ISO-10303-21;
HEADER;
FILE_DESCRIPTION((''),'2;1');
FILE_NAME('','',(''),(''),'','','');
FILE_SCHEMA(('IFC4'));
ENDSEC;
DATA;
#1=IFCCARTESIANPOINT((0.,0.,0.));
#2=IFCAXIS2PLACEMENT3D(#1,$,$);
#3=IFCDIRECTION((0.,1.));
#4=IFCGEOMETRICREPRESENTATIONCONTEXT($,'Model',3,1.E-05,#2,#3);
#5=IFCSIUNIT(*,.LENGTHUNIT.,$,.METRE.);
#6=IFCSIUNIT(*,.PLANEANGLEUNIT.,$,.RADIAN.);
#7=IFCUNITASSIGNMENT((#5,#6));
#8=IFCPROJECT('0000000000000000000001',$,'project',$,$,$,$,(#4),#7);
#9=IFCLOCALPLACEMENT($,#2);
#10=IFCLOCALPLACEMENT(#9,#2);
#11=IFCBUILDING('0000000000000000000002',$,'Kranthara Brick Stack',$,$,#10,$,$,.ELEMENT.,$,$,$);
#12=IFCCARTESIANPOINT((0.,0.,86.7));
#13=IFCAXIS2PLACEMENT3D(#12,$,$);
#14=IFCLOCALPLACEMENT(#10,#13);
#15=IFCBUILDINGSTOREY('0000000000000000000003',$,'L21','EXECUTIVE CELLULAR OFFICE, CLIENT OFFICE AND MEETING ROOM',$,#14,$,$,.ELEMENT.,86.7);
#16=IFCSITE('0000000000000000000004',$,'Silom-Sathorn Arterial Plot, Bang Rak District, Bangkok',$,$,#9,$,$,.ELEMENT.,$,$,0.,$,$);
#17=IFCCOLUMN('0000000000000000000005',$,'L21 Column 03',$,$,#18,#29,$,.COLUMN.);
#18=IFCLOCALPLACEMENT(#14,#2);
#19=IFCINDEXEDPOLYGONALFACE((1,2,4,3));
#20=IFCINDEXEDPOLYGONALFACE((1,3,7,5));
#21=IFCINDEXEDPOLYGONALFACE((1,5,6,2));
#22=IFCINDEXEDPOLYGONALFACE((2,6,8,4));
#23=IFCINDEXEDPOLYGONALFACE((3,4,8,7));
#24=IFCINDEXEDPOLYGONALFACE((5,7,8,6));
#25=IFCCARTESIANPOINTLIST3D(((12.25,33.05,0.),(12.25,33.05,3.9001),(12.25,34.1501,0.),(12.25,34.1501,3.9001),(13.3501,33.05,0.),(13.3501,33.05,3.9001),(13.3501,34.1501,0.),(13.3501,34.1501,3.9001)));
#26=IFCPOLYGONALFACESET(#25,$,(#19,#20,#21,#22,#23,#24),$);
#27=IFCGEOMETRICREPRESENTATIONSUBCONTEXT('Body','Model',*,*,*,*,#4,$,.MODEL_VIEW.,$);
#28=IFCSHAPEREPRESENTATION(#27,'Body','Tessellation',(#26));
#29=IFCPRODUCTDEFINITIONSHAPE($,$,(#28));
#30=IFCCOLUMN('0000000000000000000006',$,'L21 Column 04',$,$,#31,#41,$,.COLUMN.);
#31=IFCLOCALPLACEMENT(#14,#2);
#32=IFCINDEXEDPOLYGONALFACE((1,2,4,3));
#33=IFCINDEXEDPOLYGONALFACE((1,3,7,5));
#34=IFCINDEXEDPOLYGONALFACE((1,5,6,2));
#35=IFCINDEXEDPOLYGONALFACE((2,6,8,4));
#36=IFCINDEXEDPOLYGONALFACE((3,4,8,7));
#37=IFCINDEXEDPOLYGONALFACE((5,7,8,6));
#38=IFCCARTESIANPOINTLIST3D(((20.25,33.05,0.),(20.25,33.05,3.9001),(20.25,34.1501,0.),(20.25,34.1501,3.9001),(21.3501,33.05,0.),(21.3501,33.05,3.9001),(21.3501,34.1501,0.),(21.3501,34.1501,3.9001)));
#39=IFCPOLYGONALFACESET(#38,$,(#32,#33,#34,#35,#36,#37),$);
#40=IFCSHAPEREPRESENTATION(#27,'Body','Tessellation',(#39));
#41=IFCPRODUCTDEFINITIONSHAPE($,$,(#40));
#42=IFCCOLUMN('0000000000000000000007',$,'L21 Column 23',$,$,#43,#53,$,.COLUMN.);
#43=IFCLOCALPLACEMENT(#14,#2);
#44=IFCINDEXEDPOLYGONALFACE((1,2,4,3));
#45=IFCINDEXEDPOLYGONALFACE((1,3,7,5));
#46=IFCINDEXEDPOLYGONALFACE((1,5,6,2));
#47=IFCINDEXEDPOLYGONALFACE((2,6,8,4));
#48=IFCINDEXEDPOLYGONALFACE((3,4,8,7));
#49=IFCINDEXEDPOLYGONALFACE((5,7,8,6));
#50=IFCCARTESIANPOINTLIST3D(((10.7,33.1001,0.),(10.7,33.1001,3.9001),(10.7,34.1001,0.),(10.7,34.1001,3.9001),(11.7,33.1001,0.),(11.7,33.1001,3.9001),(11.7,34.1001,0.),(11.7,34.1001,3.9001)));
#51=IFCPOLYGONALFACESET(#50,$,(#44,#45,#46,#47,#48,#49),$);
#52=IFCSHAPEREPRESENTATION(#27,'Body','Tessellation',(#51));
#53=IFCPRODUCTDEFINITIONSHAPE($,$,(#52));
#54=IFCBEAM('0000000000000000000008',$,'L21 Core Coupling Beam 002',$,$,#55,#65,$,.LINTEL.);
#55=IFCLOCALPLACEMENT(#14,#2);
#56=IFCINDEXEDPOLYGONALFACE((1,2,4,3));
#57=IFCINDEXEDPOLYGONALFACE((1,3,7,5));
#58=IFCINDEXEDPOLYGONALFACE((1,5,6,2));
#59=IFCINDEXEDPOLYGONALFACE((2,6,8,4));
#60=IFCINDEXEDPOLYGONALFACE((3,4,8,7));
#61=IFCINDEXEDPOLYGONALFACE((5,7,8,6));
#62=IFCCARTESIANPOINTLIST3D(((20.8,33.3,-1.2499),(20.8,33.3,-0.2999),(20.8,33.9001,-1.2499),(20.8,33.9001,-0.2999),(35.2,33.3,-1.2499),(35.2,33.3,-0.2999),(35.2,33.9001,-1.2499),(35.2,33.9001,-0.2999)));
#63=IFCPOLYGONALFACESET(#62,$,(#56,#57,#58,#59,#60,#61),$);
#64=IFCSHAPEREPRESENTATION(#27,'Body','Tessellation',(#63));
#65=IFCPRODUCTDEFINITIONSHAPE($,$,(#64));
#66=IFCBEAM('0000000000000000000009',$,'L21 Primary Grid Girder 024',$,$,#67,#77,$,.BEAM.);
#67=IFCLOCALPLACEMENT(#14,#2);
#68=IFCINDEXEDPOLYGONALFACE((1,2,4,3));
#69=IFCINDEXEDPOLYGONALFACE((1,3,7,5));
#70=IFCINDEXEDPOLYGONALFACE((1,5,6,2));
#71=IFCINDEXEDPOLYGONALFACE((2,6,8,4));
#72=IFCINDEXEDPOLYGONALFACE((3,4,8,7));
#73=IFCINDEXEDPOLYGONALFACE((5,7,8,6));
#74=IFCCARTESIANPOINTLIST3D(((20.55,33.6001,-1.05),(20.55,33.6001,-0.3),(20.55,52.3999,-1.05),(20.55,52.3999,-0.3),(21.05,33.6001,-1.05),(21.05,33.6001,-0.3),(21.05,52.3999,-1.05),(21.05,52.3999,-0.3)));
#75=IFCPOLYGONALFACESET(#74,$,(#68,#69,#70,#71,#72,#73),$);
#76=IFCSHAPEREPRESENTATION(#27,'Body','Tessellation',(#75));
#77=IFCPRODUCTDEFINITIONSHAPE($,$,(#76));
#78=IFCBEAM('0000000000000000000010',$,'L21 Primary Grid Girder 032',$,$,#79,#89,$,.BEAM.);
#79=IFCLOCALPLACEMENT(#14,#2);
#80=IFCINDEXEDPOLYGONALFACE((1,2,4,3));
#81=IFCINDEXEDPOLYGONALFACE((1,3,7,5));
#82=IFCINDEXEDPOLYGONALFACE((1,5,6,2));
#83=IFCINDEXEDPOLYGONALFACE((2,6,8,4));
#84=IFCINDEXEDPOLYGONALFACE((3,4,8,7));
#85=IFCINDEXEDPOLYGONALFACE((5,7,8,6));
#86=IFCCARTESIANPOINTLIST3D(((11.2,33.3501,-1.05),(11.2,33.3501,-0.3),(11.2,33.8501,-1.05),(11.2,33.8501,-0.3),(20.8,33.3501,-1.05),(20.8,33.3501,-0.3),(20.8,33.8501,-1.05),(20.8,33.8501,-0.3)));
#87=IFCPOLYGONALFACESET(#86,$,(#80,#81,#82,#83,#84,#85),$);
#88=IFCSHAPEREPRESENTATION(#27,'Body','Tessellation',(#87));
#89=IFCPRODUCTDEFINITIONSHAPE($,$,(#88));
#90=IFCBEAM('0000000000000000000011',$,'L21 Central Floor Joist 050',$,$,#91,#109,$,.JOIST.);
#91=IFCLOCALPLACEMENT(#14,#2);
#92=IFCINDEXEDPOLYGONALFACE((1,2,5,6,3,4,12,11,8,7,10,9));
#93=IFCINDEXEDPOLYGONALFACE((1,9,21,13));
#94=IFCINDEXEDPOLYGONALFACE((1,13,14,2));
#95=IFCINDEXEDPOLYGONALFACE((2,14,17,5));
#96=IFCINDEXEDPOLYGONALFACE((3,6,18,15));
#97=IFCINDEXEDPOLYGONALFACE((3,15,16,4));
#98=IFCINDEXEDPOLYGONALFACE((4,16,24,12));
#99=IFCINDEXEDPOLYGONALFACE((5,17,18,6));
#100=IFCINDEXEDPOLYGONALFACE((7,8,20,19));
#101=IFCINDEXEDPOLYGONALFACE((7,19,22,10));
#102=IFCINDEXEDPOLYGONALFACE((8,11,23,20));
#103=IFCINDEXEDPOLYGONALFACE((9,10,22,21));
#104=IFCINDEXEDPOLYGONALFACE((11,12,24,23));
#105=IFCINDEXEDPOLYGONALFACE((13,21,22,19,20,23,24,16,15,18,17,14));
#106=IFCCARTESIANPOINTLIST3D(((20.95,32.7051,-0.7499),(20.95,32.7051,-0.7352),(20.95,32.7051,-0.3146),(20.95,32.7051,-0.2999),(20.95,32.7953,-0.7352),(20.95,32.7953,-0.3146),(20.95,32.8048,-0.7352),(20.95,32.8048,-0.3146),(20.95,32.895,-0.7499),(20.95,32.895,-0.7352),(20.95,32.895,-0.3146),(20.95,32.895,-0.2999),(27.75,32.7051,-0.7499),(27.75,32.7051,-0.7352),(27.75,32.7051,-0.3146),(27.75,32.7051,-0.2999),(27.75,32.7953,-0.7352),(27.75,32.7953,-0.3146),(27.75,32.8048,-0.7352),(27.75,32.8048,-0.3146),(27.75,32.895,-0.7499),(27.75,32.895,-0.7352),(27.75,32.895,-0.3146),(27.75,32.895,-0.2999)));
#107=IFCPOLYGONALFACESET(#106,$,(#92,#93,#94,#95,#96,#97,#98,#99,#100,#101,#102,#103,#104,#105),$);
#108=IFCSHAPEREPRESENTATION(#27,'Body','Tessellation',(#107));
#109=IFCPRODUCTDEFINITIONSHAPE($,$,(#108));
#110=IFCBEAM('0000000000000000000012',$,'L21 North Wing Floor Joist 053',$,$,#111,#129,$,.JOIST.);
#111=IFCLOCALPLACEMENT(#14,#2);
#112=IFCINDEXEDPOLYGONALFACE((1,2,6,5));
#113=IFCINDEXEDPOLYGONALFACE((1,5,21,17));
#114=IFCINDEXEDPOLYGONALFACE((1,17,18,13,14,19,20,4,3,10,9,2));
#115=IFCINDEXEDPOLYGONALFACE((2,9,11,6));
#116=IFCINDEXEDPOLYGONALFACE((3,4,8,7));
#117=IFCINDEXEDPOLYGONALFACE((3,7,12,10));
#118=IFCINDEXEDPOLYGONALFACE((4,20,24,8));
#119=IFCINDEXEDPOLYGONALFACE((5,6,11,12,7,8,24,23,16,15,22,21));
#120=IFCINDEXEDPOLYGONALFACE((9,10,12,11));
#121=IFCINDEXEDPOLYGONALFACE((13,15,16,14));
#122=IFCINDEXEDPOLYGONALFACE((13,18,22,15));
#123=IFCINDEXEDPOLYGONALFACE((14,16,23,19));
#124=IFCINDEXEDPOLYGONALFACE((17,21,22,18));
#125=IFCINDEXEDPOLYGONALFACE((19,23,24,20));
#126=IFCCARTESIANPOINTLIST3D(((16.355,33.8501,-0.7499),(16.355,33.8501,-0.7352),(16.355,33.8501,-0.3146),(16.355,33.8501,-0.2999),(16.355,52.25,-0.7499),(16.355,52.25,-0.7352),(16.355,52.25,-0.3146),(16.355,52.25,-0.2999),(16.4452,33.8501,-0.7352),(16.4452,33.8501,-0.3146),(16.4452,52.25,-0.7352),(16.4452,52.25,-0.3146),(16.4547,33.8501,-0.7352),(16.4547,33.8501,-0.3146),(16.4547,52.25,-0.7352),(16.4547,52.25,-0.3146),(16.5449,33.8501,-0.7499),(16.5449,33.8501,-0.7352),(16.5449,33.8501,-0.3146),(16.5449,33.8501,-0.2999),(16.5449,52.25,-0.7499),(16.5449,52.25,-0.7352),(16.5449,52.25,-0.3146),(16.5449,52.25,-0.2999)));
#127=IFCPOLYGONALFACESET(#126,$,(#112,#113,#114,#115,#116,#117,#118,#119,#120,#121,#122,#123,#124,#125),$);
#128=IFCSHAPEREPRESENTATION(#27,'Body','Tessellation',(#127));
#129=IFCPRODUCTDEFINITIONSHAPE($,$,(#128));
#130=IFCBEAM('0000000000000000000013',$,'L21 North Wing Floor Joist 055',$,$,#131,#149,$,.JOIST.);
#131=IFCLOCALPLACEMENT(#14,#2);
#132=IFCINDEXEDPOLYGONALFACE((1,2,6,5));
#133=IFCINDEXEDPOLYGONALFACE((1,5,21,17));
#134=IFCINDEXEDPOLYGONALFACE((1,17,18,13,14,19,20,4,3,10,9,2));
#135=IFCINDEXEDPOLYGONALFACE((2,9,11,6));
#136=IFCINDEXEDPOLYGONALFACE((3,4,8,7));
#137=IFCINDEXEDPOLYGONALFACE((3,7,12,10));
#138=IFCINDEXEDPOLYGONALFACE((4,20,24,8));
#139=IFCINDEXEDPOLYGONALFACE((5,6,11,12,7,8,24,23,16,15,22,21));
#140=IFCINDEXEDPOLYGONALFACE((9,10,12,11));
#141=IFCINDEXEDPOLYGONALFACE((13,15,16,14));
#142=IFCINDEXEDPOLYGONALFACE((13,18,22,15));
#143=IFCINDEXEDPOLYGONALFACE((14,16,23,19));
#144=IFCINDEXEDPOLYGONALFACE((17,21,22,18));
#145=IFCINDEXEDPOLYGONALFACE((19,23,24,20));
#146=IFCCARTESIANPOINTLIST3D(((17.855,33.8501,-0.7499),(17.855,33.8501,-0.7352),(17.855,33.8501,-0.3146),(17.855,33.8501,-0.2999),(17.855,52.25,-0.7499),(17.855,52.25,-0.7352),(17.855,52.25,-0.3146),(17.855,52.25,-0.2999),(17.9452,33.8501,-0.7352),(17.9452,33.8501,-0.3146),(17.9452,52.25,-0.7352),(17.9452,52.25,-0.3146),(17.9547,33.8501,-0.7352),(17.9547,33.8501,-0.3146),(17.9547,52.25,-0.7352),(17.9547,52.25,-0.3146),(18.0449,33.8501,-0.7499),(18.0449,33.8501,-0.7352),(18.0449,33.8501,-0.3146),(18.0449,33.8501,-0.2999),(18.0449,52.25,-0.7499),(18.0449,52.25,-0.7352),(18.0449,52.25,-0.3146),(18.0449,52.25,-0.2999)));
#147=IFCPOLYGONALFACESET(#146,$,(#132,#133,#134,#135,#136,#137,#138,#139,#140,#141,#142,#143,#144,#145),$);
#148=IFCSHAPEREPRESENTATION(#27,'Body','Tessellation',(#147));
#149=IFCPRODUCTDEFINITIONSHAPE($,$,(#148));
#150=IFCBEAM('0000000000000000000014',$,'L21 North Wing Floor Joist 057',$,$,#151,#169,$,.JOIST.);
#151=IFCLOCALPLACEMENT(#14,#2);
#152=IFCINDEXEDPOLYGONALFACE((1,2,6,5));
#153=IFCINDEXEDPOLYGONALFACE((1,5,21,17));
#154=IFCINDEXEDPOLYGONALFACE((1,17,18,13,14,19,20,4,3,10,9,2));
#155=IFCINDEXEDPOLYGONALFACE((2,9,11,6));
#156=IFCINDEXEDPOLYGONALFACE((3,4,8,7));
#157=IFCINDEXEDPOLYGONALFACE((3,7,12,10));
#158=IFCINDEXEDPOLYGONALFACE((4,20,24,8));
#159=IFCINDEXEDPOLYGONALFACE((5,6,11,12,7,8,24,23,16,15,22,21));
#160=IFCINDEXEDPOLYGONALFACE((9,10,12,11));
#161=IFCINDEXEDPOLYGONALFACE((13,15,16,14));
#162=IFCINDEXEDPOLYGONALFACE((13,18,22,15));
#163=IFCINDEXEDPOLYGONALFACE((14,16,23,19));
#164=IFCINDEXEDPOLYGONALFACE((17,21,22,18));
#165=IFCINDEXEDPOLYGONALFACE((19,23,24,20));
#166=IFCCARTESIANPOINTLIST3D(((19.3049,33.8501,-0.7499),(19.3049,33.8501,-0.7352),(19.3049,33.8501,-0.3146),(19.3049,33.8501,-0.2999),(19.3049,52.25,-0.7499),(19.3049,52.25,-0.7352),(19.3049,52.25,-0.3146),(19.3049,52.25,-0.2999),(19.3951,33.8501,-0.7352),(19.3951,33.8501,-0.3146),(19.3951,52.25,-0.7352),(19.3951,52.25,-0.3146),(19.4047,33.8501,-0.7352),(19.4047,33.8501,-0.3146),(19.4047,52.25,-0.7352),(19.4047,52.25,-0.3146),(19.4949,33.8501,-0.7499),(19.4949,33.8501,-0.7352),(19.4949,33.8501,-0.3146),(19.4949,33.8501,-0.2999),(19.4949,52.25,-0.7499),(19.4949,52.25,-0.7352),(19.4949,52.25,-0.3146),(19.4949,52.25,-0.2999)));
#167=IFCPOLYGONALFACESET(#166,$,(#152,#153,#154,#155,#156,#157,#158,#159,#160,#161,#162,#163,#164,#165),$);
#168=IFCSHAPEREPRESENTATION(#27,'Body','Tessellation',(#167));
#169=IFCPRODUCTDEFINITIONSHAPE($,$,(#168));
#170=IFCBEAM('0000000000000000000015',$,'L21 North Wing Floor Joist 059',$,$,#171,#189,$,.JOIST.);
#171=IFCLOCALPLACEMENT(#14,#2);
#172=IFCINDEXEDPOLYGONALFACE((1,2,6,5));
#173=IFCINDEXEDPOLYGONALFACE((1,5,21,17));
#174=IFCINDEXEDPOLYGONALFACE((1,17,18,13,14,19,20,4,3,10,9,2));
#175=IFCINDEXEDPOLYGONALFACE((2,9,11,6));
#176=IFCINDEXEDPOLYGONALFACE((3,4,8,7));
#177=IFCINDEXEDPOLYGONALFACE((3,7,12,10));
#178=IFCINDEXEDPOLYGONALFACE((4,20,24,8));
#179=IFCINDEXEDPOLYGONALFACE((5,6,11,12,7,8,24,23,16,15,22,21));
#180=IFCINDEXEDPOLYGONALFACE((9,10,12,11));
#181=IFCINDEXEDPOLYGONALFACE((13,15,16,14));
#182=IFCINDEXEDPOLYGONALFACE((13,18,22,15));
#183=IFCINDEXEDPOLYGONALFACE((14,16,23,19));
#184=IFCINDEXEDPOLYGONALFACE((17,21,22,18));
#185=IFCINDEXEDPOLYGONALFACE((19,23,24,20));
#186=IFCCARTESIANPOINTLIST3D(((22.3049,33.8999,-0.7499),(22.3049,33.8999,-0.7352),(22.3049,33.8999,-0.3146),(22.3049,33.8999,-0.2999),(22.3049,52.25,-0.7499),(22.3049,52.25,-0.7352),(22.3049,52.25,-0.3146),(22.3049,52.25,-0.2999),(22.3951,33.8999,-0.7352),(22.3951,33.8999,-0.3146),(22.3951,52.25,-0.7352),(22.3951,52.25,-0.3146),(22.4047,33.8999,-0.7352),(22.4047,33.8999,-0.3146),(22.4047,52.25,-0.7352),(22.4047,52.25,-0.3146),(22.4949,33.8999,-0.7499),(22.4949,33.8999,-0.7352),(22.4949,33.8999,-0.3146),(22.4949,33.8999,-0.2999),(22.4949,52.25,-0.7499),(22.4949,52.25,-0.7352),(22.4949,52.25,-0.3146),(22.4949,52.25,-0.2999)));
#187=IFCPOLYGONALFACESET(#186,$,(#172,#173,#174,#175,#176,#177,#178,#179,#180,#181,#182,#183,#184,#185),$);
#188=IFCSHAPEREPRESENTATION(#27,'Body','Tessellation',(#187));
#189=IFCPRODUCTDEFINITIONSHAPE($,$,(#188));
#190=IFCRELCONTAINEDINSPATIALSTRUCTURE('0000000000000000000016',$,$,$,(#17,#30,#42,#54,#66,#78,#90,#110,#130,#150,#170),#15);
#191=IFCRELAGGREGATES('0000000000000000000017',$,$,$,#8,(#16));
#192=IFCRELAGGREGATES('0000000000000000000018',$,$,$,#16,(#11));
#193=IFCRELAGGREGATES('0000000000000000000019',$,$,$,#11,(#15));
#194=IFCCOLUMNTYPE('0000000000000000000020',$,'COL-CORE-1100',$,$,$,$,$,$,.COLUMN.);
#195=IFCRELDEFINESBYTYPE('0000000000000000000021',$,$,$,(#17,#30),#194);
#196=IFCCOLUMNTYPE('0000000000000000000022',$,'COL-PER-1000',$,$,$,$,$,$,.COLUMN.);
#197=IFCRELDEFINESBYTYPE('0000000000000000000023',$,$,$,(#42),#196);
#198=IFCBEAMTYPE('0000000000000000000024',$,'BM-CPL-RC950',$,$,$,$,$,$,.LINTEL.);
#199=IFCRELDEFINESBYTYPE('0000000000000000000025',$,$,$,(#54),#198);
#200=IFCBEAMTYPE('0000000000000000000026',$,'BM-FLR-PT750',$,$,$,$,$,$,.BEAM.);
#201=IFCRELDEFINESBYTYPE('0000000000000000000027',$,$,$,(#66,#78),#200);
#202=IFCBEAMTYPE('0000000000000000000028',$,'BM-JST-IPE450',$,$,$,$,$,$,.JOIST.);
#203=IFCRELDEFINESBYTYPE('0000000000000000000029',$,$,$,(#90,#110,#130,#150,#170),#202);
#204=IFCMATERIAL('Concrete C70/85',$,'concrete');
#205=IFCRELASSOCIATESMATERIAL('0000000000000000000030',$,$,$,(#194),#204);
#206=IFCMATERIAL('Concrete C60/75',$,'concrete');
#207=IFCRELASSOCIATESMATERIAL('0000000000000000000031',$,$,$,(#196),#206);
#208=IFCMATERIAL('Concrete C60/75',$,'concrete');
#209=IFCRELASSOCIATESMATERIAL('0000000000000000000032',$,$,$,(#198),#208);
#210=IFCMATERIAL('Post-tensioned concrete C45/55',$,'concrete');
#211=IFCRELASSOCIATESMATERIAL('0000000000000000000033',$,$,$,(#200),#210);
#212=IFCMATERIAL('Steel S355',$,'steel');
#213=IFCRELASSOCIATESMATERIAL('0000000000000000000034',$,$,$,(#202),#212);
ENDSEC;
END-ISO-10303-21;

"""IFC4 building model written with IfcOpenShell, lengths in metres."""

from ifc_helpers import new_model, si_unit, direction, frame, origin, origin_2d, place, context, subcontext, project, spatial, rectangle, i_section, extrude, material, material_profile, profile_set, type_object, element, save


model = new_model("IFC4")

# Units and contexts
model_context = context("Model", 3, precision=1e-05, world=origin(), true_north=direction((0.0, 1.0)))
body_context = subcontext(model_context, "Body", "Model", "MODEL_VIEW")
ifc_project = project(units=[si_unit("LENGTHUNIT", "METRE"), si_unit("PLANEANGLEUNIT", "RADIAN")], contexts=[model_context])

# Site, building, storey
site_placement = place(None, origin())
site = spatial("IfcSite", under=ifc_project, at=site_placement, Name="Silom-Sathorn Arterial Plot, Bang Rak District, Bangkok", CompositionType="ELEMENT", RefElevation=0.0)
building_placement = place(site_placement, origin())
building = spatial("IfcBuilding", under=site, at=building_placement, Name="Kranthara Brick Stack", CompositionType="ELEMENT")
storey_placement = place(building_placement, frame((0.0, 0.0, 86.7)))
storey = spatial("IfcBuildingStorey", under=building, at=storey_placement, Name="L21", Description="EXECUTIVE CELLULAR OFFICE, CLIENT OFFICE AND MEETING ROOM", CompositionType="ELEMENT", Elevation=86.7)

# Columns
ifc_material_1 = material(Name="Concrete C70/85", Category="concrete")
ifc_material_profile_1 = material_profile(ifc_material_1, rectangle(XDim=1.1001, YDim=1.1001, at=origin_2d()), Name="RC 1100x1100")
ifc_profile_set_1 = profile_set([ifc_material_profile_1], Name="Concrete C70/85")
column_type_1 = type_object("IfcColumnType", Name="COL-CORE-1100", PredefinedType="COLUMN", material=ifc_profile_set_1)
for number, where, z_axis, x_axis, name in (
    (1, (12.8, 33.6001, 0.0), (0.0, 0.0, 1.0), (1.0, 0.0, 0.0), "L21 Column 03"),
    (2, (20.8, 33.6001, 0.0), (0.0, 0.0, 1.0), (1.0, 0.0, 0.0), "L21 Column 04"),
):
    element("IfcColumn", number, at=place(storey_placement, frame(where, z_axis=z_axis, x_axis=x_axis)), inside=storey, type_object=column_type_1, Name=name, PredefinedType="COLUMN", context=body_context, shape_type="SweptSolid", body=[
        extrude(rectangle(XDim=1.1001, YDim=1.1001, at=origin_2d()), origin(), (0.0, 0.0, 1.0), 3.9001),
    ])
ifc_material_2 = material(Name="Concrete C60/75", Category="concrete")
ifc_material_profile_2 = material_profile(ifc_material_2, rectangle(XDim=1.0, YDim=1.0, at=origin_2d()), Name="RC 1000x1000")
ifc_profile_set_2 = profile_set([ifc_material_profile_2], Name="Concrete C60/75")
column_type_2 = type_object("IfcColumnType", Name="COL-PER-1000", PredefinedType="COLUMN", material=ifc_profile_set_2)
column_placement = place(storey_placement, frame((11.2, 33.6001, 0.0), z_axis=(0.0, 0.0, 1.0), x_axis=(1.0, 0.0, 0.0)))
element("IfcColumn", 3, at=column_placement, inside=storey, type_object=column_type_2, Name="L21 Column 23", PredefinedType="COLUMN", context=body_context, shape_type="SweptSolid", body=[
    extrude(rectangle(XDim=1.0, YDim=1.0, at=origin_2d()), origin(), (0.0, 0.0, 1.0), 3.9001),
])

# Beams
ifc_material_3 = material(Name="Concrete C60/75", Category="concrete")
ifc_material_profile_3 = material_profile(ifc_material_3, rectangle(XDim=0.6001, YDim=0.95, at=origin_2d()), Name="RC 600x950")
ifc_profile_set_3 = profile_set([ifc_material_profile_3], Name="Concrete C60/75")
beam_type_1 = type_object("IfcBeamType", Name="BM-CPL-RC950", PredefinedType="LINTEL", material=ifc_profile_set_3)
beam_1_placement = place(storey_placement, frame((20.8, 33.6001, -0.7749), z_axis=(1.0, 0.0, 0.0), x_axis=(0.0, 1.0, 0.0)))
element("IfcBeam", 4, at=beam_1_placement, inside=storey, type_object=beam_type_1, Name="L21 Core Coupling Beam 002", PredefinedType="LINTEL", context=body_context, shape_type="SweptSolid", body=[
    extrude(rectangle(XDim=0.6001, YDim=0.95, at=origin_2d()), origin(), (0.0, 0.0, 1.0), 14.3999),
])
ifc_material_4 = material(Name="Post-tensioned concrete C45/55", Category="concrete")
ifc_material_profile_4 = material_profile(ifc_material_4, rectangle(XDim=0.5, YDim=0.75, at=origin_2d()), Name="PT 500x750")
ifc_profile_set_4 = profile_set([ifc_material_profile_4], Name="Post-tensioned concrete C45/55")
beam_type_2 = type_object("IfcBeamType", Name="BM-FLR-PT750", PredefinedType="BEAM", material=ifc_profile_set_4)
beam_2_placement = place(storey_placement, frame((20.8, 33.6001, -0.675), z_axis=(0.0, 1.0, 0.0), x_axis=(-1.0, 0.0, 0.0)))
element("IfcBeam", 5, at=beam_2_placement, inside=storey, type_object=beam_type_2, Name="L21 Primary Grid Girder 024", PredefinedType="BEAM", context=body_context, shape_type="SweptSolid", body=[
    extrude(rectangle(XDim=0.5, YDim=0.75, at=origin_2d()), origin(), (0.0, 0.0, 1.0), 18.7998),
])
beam_3_placement = place(storey_placement, frame((11.2, 33.6001, -0.675), z_axis=(1.0, 0.0, 0.0), x_axis=(0.0, 1.0, 0.0)))
element("IfcBeam", 6, at=beam_3_placement, inside=storey, type_object=beam_type_2, Name="L21 Primary Grid Girder 032", PredefinedType="BEAM", context=body_context, shape_type="SweptSolid", body=[
    extrude(rectangle(XDim=0.5, YDim=0.75, at=origin_2d()), origin(), (0.0, 0.0, 1.0), 9.6001),
])
ifc_material_5 = material(Name="Steel S355", Category="steel")
ifc_material_profile_5 = material_profile(ifc_material_5, i_section(OverallWidth=0.1899, OverallDepth=0.45, WebThickness=0.0095, FlangeThickness=0.0146, at=origin_2d()), Name="IPE 450")
ifc_profile_set_5 = profile_set([ifc_material_profile_5], Name="Steel S355")
beam_type_3 = type_object("IfcBeamType", Name="BM-JST-IPE450", PredefinedType="JOIST", material=ifc_profile_set_5)
beam_4_placement = place(storey_placement, frame((20.95, 32.8, -0.5249), z_axis=(1.0, 0.0, 0.0), x_axis=(0.0, 1.0, 0.0)))
element("IfcBeam", 7, at=beam_4_placement, inside=storey, type_object=beam_type_3, Name="L21 Central Floor Joist 050", PredefinedType="JOIST", context=body_context, shape_type="SweptSolid", body=[
    extrude(i_section(OverallWidth=0.1899, OverallDepth=0.45, WebThickness=0.0095, FlangeThickness=0.0146, at=origin_2d()), origin(), (0.0, 0.0, 1.0), 6.8),
])
for number, where, z_axis, x_axis, name in (
    (8, (16.45, 33.8501, -0.5249), (0.0, 1.0, 0.0), (-1.0, 0.0, 0.0), "L21 North Wing Floor Joist 053"),
    (9, (17.95, 33.8501, -0.5249), (0.0, 1.0, 0.0), (-1.0, 0.0, 0.0), "L21 North Wing Floor Joist 055"),
    (10, (19.3999, 33.8501, -0.5249), (0.0, 1.0, 0.0), (-1.0, 0.0, 0.0), "L21 North Wing Floor Joist 057"),
):
    element("IfcBeam", number, at=place(storey_placement, frame(where, z_axis=z_axis, x_axis=x_axis)), inside=storey, type_object=beam_type_3, Name=name, PredefinedType="JOIST", context=body_context, shape_type="SweptSolid", body=[
        extrude(i_section(OverallWidth=0.1899, OverallDepth=0.45, WebThickness=0.0095, FlangeThickness=0.0146, at=origin_2d()), origin(), (0.0, 0.0, 1.0), 18.3999),
    ])
beam_5_placement = place(storey_placement, frame((22.3999, 33.8999, -0.5249), z_axis=(0.0, 1.0, 0.0), x_axis=(-1.0, 0.0, 0.0)))
element("IfcBeam", 11, at=beam_5_placement, inside=storey, type_object=beam_type_3, Name="L21 North Wing Floor Joist 059", PredefinedType="JOIST", context=body_context, shape_type="SweptSolid", body=[
    extrude(i_section(OverallWidth=0.1899, OverallDepth=0.45, WebThickness=0.0095, FlangeThickness=0.0146, at=origin_2d()), origin(), (0.0, 0.0, 1.0), 18.3501),
])

save(model, "model.ifc")
